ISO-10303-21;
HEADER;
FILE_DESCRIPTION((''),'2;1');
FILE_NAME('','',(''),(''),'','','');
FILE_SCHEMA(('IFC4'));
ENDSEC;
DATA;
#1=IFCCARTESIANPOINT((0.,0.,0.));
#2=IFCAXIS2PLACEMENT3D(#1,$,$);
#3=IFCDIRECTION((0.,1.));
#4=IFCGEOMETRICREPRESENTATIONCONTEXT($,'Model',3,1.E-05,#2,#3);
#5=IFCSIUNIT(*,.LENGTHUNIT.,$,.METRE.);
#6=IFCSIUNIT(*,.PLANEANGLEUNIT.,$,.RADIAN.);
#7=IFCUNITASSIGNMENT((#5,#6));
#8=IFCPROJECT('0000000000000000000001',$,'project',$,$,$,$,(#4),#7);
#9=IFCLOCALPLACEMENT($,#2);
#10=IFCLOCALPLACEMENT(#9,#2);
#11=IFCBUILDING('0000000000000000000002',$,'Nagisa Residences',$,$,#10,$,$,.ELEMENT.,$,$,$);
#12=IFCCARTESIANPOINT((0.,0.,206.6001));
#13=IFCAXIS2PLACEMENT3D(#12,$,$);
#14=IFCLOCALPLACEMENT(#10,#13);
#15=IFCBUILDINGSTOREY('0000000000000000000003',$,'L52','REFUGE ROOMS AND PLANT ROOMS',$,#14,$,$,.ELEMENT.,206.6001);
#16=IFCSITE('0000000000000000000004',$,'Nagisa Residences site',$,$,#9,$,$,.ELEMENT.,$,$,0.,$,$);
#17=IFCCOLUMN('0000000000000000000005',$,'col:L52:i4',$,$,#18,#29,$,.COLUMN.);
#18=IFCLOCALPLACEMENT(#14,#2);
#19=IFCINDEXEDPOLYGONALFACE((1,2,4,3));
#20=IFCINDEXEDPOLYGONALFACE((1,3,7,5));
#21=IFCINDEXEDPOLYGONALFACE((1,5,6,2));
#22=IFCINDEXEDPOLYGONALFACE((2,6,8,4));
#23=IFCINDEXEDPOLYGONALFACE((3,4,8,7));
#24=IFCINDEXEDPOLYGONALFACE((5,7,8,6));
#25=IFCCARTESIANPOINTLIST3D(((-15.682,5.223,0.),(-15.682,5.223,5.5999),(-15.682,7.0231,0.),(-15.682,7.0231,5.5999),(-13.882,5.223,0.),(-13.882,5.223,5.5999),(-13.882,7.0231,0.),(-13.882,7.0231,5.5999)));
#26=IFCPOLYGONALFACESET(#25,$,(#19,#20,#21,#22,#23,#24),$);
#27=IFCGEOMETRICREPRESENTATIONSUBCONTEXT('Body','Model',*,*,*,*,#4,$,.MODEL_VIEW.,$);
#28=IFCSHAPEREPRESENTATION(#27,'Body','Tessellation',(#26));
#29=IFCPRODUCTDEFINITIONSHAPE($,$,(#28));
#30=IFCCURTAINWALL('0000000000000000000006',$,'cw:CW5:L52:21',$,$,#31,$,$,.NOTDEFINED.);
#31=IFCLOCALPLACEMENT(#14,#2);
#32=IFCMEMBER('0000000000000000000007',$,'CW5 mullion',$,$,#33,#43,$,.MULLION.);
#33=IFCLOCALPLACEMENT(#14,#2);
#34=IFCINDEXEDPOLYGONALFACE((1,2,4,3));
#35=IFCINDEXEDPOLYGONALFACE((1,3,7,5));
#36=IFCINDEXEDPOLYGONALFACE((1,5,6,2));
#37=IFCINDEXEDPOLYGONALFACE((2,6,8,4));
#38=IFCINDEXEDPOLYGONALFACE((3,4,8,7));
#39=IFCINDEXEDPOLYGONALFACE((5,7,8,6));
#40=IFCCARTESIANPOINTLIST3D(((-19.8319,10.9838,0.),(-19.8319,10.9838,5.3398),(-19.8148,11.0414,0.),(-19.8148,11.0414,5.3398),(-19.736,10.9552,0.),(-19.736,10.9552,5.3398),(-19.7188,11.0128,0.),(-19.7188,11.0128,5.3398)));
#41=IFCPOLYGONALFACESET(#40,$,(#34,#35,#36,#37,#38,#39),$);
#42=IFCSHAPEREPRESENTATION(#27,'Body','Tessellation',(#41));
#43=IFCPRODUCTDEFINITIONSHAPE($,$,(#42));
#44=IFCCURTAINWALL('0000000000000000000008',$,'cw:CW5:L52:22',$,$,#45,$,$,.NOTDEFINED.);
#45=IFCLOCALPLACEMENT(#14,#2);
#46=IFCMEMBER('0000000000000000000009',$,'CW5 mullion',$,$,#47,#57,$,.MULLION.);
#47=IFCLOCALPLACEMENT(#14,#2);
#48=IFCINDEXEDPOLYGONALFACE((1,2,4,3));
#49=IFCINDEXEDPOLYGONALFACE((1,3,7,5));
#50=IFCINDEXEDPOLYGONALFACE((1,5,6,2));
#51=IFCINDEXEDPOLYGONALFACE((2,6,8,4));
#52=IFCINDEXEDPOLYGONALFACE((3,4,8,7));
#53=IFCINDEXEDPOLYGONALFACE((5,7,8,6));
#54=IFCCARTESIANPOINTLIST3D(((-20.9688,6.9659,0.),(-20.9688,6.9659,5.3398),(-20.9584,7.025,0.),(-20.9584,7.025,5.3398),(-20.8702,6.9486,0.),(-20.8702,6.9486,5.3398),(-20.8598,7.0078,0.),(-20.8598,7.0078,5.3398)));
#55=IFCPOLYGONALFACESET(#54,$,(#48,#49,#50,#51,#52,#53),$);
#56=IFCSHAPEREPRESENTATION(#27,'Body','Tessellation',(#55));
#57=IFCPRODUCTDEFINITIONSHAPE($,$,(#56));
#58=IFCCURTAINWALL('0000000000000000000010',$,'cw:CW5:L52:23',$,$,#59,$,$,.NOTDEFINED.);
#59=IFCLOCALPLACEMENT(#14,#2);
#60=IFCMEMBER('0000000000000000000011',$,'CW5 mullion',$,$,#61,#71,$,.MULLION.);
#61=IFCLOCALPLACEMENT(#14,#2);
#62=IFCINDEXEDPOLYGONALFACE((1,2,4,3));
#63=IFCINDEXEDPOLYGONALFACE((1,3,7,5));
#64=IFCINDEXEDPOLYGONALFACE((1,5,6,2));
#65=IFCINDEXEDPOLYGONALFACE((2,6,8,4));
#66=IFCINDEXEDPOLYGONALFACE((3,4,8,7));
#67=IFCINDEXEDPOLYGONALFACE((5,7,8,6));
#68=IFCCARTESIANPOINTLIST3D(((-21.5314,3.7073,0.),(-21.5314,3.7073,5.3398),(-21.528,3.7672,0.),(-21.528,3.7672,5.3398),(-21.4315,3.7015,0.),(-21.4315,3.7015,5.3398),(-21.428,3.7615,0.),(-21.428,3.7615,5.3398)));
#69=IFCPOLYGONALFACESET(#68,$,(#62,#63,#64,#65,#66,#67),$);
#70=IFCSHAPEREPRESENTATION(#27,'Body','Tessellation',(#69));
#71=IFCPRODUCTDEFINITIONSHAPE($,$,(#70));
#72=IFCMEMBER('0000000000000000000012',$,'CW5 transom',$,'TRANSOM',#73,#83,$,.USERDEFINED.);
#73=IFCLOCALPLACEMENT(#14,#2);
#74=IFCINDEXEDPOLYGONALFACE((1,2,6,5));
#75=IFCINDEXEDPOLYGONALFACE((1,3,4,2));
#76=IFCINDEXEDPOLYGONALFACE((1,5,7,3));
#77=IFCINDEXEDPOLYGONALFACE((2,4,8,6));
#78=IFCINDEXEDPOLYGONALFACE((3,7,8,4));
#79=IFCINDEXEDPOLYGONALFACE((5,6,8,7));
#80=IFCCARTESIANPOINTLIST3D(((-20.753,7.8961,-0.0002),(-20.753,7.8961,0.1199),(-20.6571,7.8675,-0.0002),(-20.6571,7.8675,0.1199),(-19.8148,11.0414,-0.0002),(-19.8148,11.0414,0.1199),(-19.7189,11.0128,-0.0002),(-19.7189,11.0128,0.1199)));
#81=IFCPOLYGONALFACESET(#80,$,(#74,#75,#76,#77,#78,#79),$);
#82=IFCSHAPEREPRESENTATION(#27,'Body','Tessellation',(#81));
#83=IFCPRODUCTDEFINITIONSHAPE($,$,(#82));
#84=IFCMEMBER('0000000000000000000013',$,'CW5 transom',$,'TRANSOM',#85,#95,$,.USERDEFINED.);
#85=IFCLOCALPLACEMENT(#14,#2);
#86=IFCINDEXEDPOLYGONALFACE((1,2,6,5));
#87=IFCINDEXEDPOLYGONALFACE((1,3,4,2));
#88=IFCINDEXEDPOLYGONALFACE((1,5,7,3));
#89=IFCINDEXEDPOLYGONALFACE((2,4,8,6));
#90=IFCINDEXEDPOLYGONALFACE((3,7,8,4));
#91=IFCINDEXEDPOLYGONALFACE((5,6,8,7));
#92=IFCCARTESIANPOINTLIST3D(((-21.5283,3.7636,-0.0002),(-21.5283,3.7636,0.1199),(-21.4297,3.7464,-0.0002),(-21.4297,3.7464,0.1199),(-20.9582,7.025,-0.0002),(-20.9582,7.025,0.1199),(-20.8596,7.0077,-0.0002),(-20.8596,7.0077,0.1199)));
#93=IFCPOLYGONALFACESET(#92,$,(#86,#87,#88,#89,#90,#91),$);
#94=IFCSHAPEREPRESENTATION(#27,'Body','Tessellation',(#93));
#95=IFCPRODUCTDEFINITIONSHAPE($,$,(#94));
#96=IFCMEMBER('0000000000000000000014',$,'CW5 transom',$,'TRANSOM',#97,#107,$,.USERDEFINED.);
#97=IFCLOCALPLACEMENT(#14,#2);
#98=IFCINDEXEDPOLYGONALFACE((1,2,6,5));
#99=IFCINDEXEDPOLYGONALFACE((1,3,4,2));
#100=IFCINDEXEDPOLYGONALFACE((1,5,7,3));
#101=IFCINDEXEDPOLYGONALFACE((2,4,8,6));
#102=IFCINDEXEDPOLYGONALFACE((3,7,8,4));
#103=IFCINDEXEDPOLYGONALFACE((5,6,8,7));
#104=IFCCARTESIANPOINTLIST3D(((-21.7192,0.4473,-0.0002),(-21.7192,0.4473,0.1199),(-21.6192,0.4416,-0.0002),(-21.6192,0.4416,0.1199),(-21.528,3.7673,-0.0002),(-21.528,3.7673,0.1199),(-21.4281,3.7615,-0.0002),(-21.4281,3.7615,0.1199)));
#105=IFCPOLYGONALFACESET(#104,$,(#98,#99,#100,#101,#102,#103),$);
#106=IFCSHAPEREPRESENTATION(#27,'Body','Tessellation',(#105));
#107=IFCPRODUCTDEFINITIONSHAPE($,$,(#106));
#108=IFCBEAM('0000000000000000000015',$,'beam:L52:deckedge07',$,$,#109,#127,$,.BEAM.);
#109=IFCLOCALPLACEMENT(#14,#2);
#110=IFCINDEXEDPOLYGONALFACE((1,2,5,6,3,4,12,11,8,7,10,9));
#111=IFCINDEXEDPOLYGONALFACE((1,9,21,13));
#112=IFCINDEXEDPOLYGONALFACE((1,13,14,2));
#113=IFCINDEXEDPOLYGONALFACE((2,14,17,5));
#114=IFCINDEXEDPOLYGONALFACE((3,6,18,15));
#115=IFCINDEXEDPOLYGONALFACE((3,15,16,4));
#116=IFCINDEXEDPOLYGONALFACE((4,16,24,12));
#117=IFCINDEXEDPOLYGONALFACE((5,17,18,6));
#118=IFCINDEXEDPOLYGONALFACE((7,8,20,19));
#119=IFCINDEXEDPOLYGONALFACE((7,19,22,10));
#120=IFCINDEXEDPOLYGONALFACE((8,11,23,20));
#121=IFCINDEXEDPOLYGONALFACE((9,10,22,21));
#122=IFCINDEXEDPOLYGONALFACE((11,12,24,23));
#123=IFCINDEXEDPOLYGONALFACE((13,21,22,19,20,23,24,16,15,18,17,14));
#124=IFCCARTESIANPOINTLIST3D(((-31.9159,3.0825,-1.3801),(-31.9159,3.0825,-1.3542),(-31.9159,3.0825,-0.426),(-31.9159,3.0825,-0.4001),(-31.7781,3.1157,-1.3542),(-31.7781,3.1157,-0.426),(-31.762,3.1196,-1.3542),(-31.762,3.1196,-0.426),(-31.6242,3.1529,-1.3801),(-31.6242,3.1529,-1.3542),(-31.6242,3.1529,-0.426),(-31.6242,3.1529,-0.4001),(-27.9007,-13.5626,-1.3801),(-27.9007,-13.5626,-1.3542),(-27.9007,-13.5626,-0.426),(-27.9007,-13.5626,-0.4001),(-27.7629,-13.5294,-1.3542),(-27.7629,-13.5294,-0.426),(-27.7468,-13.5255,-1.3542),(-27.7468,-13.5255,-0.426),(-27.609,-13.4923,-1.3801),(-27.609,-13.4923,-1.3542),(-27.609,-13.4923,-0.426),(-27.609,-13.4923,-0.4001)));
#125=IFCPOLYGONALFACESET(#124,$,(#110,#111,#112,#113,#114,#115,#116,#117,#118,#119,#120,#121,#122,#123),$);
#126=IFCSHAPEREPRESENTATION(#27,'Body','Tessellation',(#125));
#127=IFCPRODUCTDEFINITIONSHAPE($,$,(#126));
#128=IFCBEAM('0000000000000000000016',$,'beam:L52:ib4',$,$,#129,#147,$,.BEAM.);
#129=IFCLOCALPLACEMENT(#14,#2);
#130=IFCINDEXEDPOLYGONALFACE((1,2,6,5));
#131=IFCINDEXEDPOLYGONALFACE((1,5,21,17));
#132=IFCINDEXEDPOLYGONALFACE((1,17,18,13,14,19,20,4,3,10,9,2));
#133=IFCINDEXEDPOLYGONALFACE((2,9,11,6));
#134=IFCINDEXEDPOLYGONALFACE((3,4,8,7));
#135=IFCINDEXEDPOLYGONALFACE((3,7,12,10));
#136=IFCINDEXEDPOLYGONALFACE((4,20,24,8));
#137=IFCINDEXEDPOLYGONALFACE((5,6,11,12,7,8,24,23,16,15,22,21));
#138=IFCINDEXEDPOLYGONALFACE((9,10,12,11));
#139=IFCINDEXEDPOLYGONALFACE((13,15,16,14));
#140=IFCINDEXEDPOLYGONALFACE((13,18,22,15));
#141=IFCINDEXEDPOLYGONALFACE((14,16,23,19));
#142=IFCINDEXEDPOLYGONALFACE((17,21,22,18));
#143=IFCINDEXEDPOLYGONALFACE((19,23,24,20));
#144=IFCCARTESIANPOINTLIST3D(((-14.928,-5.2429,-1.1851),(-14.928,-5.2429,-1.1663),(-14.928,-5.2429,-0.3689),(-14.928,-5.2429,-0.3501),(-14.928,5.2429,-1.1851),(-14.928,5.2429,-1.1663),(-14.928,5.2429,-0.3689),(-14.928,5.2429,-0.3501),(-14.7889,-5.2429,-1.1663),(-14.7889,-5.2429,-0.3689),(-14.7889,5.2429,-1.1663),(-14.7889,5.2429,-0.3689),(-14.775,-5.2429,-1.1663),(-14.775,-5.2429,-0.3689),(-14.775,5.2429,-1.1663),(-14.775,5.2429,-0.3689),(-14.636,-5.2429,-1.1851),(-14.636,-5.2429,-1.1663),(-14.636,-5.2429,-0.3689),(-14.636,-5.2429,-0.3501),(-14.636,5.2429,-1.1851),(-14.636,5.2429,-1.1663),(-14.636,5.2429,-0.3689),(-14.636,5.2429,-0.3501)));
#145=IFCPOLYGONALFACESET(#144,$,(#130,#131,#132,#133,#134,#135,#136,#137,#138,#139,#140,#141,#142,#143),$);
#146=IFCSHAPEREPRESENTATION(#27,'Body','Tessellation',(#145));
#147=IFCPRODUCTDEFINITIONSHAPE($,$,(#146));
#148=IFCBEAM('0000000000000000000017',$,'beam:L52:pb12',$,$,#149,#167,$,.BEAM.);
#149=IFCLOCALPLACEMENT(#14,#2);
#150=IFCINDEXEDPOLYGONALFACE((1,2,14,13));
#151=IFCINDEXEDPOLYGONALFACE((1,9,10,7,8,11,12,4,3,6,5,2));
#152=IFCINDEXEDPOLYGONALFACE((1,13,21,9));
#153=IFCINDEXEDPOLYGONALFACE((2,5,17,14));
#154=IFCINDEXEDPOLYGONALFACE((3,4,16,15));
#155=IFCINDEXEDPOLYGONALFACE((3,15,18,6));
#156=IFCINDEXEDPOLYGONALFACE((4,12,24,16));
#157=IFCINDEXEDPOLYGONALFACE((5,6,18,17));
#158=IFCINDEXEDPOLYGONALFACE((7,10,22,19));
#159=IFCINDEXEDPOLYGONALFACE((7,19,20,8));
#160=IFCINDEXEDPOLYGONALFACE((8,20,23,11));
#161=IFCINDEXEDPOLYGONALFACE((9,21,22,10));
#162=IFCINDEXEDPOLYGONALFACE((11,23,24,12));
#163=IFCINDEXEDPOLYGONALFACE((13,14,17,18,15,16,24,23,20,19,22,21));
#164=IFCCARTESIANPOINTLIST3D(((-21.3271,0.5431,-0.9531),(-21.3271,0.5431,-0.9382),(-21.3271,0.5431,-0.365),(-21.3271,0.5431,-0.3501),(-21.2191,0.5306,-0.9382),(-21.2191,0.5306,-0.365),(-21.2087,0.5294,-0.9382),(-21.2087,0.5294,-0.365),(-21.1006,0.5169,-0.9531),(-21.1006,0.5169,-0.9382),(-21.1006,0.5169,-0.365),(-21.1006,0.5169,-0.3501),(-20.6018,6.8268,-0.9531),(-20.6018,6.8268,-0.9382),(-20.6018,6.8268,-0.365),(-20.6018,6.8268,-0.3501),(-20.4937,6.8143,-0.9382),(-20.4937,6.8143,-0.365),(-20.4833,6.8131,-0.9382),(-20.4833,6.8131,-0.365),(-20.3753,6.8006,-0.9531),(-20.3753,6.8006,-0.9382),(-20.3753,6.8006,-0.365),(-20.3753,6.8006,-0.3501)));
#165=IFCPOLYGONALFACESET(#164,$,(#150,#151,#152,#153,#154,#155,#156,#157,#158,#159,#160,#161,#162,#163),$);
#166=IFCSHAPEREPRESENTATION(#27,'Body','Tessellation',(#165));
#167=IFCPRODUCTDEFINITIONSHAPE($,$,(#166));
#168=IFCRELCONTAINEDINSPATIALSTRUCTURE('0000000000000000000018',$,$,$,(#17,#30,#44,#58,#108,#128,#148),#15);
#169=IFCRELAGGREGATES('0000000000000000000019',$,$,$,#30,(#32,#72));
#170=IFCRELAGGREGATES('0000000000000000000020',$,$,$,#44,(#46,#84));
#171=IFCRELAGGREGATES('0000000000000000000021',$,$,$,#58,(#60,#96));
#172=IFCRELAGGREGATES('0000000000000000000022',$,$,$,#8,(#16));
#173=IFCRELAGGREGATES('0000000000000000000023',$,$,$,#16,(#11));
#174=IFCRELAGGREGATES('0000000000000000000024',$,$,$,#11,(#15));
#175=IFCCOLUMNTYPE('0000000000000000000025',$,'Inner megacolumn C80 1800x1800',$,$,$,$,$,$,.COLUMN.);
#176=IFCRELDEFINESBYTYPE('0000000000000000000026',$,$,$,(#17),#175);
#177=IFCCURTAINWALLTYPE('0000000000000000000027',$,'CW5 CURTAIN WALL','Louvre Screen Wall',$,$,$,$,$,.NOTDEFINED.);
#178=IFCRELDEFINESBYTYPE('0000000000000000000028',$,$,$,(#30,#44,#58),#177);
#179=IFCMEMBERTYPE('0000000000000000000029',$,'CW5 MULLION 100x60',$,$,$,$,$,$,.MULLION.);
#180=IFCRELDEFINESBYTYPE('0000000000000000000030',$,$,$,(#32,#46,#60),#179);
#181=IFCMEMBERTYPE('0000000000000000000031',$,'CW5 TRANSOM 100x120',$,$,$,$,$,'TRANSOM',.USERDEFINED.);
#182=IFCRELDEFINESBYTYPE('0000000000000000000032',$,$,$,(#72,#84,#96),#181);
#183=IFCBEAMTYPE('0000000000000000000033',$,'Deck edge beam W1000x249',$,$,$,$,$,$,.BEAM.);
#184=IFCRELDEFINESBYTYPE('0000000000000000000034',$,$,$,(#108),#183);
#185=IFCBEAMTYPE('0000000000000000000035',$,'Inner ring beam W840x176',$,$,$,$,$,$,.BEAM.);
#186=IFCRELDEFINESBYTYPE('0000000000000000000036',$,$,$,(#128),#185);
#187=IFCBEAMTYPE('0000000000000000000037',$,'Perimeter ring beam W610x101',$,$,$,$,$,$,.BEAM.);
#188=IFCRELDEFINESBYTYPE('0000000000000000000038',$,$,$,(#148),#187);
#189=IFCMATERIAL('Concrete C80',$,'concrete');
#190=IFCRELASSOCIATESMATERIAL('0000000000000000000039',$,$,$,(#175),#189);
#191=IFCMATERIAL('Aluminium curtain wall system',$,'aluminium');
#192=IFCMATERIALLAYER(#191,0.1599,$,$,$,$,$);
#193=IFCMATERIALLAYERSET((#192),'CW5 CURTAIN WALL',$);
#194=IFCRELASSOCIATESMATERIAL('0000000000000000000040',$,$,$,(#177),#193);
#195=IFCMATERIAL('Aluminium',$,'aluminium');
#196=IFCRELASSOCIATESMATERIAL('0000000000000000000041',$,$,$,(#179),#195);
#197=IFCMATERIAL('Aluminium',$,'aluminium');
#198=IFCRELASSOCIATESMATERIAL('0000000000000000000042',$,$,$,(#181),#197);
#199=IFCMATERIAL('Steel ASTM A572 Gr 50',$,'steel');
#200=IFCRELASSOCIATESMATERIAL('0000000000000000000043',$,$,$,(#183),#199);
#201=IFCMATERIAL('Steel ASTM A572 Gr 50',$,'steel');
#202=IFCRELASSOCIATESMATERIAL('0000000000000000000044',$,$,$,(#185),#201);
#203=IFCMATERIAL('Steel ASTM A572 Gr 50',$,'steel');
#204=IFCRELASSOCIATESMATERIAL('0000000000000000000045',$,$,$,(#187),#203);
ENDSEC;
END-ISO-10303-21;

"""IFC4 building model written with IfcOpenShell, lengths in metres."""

from ifc_helpers import new_model, si_unit, direction, frame, origin, origin_2d, place, context, subcontext, project, spatial, rectangle, i_section, extrude, material, layer, layer_set, material_profile, profile_set, type_object, element, aggregate, save


model = new_model("IFC4")

# Units and contexts
model_context = context("Model", 3, precision=1e-05, world=origin(), true_north=direction((0.0, 1.0)))
body_context = subcontext(model_context, "Body", "Model", "MODEL_VIEW")
ifc_project = project(units=[si_unit("LENGTHUNIT", "METRE"), si_unit("PLANEANGLEUNIT", "RADIAN")], contexts=[model_context])

# Site, building, storey
site_placement = place(None, origin())
site = spatial("IfcSite", under=ifc_project, at=site_placement, Name="Nagisa Residences site", CompositionType="ELEMENT", RefElevation=0.0)
building_placement = place(site_placement, origin())
building = spatial("IfcBuilding", under=site, at=building_placement, Name="Nagisa Residences", CompositionType="ELEMENT")
storey_placement = place(building_placement, frame((0.0, 0.0, 206.6001)))
storey = spatial("IfcBuildingStorey", under=building, at=storey_placement, Name="L52", Description="REFUGE ROOMS AND PLANT ROOMS", CompositionType="ELEMENT", Elevation=206.6001)

# Column
ifc_material_1 = material(Name="Concrete C80", Category="concrete")
ifc_material_profile_1 = material_profile(ifc_material_1, rectangle(XDim=1.8, YDim=1.8, at=origin_2d()), Name="C80 1800x1800")
ifc_profile_set_1 = profile_set([ifc_material_profile_1], Name="Concrete C80")
column_type = type_object("IfcColumnType", Name="Inner megacolumn C80 1800x1800", PredefinedType="COLUMN", material=ifc_profile_set_1)
column_placement = place(storey_placement, frame((-14.782, 6.123, 0.0), z_axis=(0.0, 0.0, 1.0), x_axis=(1.0, 0.0, 0.0)))
element("IfcColumn", 1, at=column_placement, inside=storey, type_object=column_type, Name="col:L52:i4", PredefinedType="COLUMN", context=body_context, shape_type="SweptSolid", body=[
    extrude(rectangle(XDim=1.8, YDim=1.8, at=origin_2d()), origin(), (0.0, 0.0, 1.0), 5.5999),
])

# Curtain walls, members
ifc_material_2 = material(Name="Aluminium curtain wall system", Category="aluminium")
ifc_layer_1 = layer(ifc_material_2, 0.1599)
ifc_layer_set_1 = layer_set([ifc_layer_1], Name="CW5 CURTAIN WALL")
curtain_wall_type = type_object("IfcCurtainWallType", Name="CW5 CURTAIN WALL", Description="Louvre Screen Wall", PredefinedType="NOTDEFINED", material=ifc_layer_set_1)
curtain_wall_1_placement = place(storey_placement, origin())
curtain_wall_1 = element("IfcCurtainWall", 2, at=curtain_wall_1_placement, inside=storey, type_object=curtain_wall_type, Name="cw:CW5:L52:21", PredefinedType="NOTDEFINED")
ifc_material_3 = material(Name="Aluminium", Category="aluminium")
ifc_material_profile_2 = material_profile(ifc_material_3, rectangle(XDim=0.1001, YDim=0.0601, at=origin_2d()), Name="CW5 MULLION 100x60")
ifc_profile_set_2 = profile_set([ifc_material_profile_2], Name="Aluminium")
member_type_1 = type_object("IfcMemberType", Name="CW5 MULLION 100x60", PredefinedType="MULLION", material=ifc_profile_set_2)
member_1_placement = place(storey_placement, frame((-19.7754, 10.9983, 0.0), z_axis=(0.0, 0.0, 1.0), x_axis=(0.958271, -0.28586, 0.0)))
member_1 = element("IfcMember", 3, at=member_1_placement, type_object=member_type_1, Name="CW5 mullion", PredefinedType="MULLION", context=body_context, shape_type="SweptSolid", body=[
    extrude(rectangle(XDim=0.1001, YDim=0.0601, at=origin_2d()), origin(), (0.0, 0.0, 1.0), 5.3398),
])
curtain_wall_2_placement = place(storey_placement, origin())
curtain_wall_2 = element("IfcCurtainWall", 4, at=curtain_wall_2_placement, inside=storey, type_object=curtain_wall_type, Name="cw:CW5:L52:22", PredefinedType="NOTDEFINED")
member_2_placement = place(storey_placement, frame((-20.9143, 6.9868, 0.0), z_axis=(0.0, 0.0, 1.0), x_axis=(0.985064, -0.172191, 0.0)))
member_2 = element("IfcMember", 5, at=member_2_placement, type_object=member_type_1, Name="CW5 mullion", PredefinedType="MULLION", context=body_context, shape_type="SweptSolid", body=[
    extrude(rectangle(XDim=0.1001, YDim=0.0601, at=origin_2d()), origin(), (0.0, 0.0, 1.0), 5.3398),
])
curtain_wall_3_placement = place(storey_placement, origin())
curtain_wall_3 = element("IfcCurtainWall", 6, at=curtain_wall_3_placement, inside=storey, type_object=curtain_wall_type, Name="cw:CW5:L52:23", PredefinedType="NOTDEFINED")
member_3_placement = place(storey_placement, frame((-21.4797, 3.7344, 0.0), z_axis=(0.0, 0.0, 1.0), x_axis=(0.998345, -0.057503, 0.0)))
member_3 = element("IfcMember", 7, at=member_3_placement, type_object=member_type_1, Name="CW5 mullion", PredefinedType="MULLION", context=body_context, shape_type="SweptSolid", body=[
    extrude(rectangle(XDim=0.1001, YDim=0.0601, at=origin_2d()), origin(), (0.0, 0.0, 1.0), 5.3398),
])

# Members
ifc_material_4 = material(Name="Aluminium", Category="aluminium")
ifc_material_profile_3 = material_profile(ifc_material_4, rectangle(XDim=0.1001, YDim=0.1201, at=origin_2d()), Name="CW5 TRANSOM 100x120")
ifc_profile_set_3 = profile_set([ifc_material_profile_3], Name="Aluminium")
member_type_2 = type_object("IfcMemberType", Name="CW5 TRANSOM 100x120", ElementType="TRANSOM", PredefinedType="USERDEFINED", material=ifc_profile_set_3)
member_4_placement = place(storey_placement, frame((-19.7668, 11.0271, 0.0598), z_axis=(-0.285853, -0.958273, 0.0), x_axis=(0.958273, -0.285853, 0.0)))
member_4 = element("IfcMember", 8, at=member_4_placement, type_object=member_type_2, Name="CW5 transom", ObjectType="TRANSOM", PredefinedType="USERDEFINED", context=body_context, shape_type="SweptSolid", body=[
    extrude(rectangle(XDim=0.1001, YDim=0.1201, at=origin_2d()), origin(), (0.0, 0.0, 1.0), 3.2822),
])
member_5_placement = place(storey_placement, frame((-20.9089, 7.0164, 0.0598), z_axis=(-0.172191, -0.985064, 0.0), x_axis=(0.985064, -0.172191, 0.0)))
member_5 = element("IfcMember", 9, at=member_5_placement, type_object=member_type_2, Name="CW5 transom", ObjectType="TRANSOM", PredefinedType="USERDEFINED", context=body_context, shape_type="SweptSolid", body=[
    extrude(rectangle(XDim=0.1001, YDim=0.1201, at=origin_2d()), origin(), (0.0, 0.0, 1.0), 3.3108),
])
member_6_placement = place(storey_placement, frame((-21.478, 3.7644, 0.0598), z_axis=(-0.057487, -0.998346, 0.0), x_axis=(0.998346, -0.057487, 0.0)))
member_6 = element("IfcMember", 10, at=member_6_placement, type_object=member_type_2, Name="CW5 transom", ObjectType="TRANSOM", PredefinedType="USERDEFINED", context=body_context, shape_type="SweptSolid", body=[
    extrude(rectangle(XDim=0.1001, YDim=0.1201, at=origin_2d()), origin(), (0.0, 0.0, 1.0), 3.3254),
])

# Beams
ifc_material_5 = material(Name="Steel ASTM A572 Gr 50", Category="steel")
ifc_material_profile_4 = material_profile(ifc_material_5, i_section(OverallWidth=0.3, OverallDepth=0.98, WebThickness=0.0166, FlangeThickness=0.0259, at=origin_2d()), Name="W1000x249")
ifc_profile_set_4 = profile_set([ifc_material_profile_4], Name="Steel ASTM A572 Gr 50")
beam_type_1 = type_object("IfcBeamType", Name="Deck edge beam W1000x249", PredefinedType="BEAM", material=ifc_profile_set_4)
beam_1_placement = place(storey_placement, frame((-31.77, 3.1177, -0.8901), z_axis=(0.234496, -0.972117, 0.0), x_axis=(0.972117, 0.234496, 0.0)))
element("IfcBeam", 11, at=beam_1_placement, inside=storey, type_object=beam_type_1, Name="beam:L52:deckedge07", PredefinedType="BEAM", context=body_context, shape_type="SweptSolid", body=[
    extrude(i_section(OverallWidth=0.3, OverallDepth=0.98, WebThickness=0.0166, FlangeThickness=0.0259, at=origin_2d()), origin(), (0.0, 0.0, 1.0), 17.1226),
])
ifc_material_6 = material(Name="Steel ASTM A572 Gr 50", Category="steel")
ifc_material_profile_5 = material_profile(ifc_material_6, i_section(OverallWidth=0.292, OverallDepth=0.835, WebThickness=0.0139, FlangeThickness=0.0188, at=origin_2d()), Name="W840x176")
ifc_profile_set_5 = profile_set([ifc_material_profile_5], Name="Steel ASTM A572 Gr 50")
beam_type_2 = type_object("IfcBeamType", Name="Inner ring beam W840x176", PredefinedType="BEAM", material=ifc_profile_set_5)
beam_2_placement = place(storey_placement, frame((-14.782, 5.2429, -0.7676), z_axis=(0.0, -1.0, 0.0), x_axis=(1.0, 0.0, 0.0)))
element("IfcBeam", 12, at=beam_2_placement, inside=storey, type_object=beam_type_2, Name="beam:L52:ib4", PredefinedType="BEAM", context=body_context, shape_type="SweptSolid", body=[
    extrude(i_section(OverallWidth=0.292, OverallDepth=0.835, WebThickness=0.0139, FlangeThickness=0.0188, at=origin_2d()), origin(), (0.0, 0.0, 1.0), 10.4858),
])
ifc_material_7 = material(Name="Steel ASTM A572 Gr 50", Category="steel")
ifc_material_profile_6 = material_profile(ifc_material_7, i_section(OverallWidth=0.228, OverallDepth=0.603, WebThickness=0.0105, FlangeThickness=0.0149, at=origin_2d()), Name="W610x101")
ifc_profile_set_6 = profile_set([ifc_material_profile_6], Name="Steel ASTM A572 Gr 50")
beam_type_3 = type_object("IfcBeamType", Name="Perimeter ring beam W610x101", PredefinedType="BEAM", material=ifc_profile_set_6)
beam_3_placement = place(storey_placement, frame((-20.4885, 6.8137, -0.6516), z_axis=(-0.114671, -0.993404, 0.0), x_axis=(0.993404, -0.114671, 0.0)))
element("IfcBeam", 13, at=beam_3_placement, inside=storey, type_object=beam_type_3, Name="beam:L52:pb12", PredefinedType="BEAM", context=body_context, shape_type="SweptSolid", body=[
    extrude(i_section(OverallWidth=0.228, OverallDepth=0.603, WebThickness=0.0105, FlangeThickness=0.0149, at=origin_2d()), origin(), (0.0, 0.0, 1.0), 6.3254),
])

aggregate(curtain_wall_1, [member_1, member_4])
aggregate(curtain_wall_2, [member_2, member_5])
aggregate(curtain_wall_3, [member_3, member_6])

save(model, "model.ifc")
